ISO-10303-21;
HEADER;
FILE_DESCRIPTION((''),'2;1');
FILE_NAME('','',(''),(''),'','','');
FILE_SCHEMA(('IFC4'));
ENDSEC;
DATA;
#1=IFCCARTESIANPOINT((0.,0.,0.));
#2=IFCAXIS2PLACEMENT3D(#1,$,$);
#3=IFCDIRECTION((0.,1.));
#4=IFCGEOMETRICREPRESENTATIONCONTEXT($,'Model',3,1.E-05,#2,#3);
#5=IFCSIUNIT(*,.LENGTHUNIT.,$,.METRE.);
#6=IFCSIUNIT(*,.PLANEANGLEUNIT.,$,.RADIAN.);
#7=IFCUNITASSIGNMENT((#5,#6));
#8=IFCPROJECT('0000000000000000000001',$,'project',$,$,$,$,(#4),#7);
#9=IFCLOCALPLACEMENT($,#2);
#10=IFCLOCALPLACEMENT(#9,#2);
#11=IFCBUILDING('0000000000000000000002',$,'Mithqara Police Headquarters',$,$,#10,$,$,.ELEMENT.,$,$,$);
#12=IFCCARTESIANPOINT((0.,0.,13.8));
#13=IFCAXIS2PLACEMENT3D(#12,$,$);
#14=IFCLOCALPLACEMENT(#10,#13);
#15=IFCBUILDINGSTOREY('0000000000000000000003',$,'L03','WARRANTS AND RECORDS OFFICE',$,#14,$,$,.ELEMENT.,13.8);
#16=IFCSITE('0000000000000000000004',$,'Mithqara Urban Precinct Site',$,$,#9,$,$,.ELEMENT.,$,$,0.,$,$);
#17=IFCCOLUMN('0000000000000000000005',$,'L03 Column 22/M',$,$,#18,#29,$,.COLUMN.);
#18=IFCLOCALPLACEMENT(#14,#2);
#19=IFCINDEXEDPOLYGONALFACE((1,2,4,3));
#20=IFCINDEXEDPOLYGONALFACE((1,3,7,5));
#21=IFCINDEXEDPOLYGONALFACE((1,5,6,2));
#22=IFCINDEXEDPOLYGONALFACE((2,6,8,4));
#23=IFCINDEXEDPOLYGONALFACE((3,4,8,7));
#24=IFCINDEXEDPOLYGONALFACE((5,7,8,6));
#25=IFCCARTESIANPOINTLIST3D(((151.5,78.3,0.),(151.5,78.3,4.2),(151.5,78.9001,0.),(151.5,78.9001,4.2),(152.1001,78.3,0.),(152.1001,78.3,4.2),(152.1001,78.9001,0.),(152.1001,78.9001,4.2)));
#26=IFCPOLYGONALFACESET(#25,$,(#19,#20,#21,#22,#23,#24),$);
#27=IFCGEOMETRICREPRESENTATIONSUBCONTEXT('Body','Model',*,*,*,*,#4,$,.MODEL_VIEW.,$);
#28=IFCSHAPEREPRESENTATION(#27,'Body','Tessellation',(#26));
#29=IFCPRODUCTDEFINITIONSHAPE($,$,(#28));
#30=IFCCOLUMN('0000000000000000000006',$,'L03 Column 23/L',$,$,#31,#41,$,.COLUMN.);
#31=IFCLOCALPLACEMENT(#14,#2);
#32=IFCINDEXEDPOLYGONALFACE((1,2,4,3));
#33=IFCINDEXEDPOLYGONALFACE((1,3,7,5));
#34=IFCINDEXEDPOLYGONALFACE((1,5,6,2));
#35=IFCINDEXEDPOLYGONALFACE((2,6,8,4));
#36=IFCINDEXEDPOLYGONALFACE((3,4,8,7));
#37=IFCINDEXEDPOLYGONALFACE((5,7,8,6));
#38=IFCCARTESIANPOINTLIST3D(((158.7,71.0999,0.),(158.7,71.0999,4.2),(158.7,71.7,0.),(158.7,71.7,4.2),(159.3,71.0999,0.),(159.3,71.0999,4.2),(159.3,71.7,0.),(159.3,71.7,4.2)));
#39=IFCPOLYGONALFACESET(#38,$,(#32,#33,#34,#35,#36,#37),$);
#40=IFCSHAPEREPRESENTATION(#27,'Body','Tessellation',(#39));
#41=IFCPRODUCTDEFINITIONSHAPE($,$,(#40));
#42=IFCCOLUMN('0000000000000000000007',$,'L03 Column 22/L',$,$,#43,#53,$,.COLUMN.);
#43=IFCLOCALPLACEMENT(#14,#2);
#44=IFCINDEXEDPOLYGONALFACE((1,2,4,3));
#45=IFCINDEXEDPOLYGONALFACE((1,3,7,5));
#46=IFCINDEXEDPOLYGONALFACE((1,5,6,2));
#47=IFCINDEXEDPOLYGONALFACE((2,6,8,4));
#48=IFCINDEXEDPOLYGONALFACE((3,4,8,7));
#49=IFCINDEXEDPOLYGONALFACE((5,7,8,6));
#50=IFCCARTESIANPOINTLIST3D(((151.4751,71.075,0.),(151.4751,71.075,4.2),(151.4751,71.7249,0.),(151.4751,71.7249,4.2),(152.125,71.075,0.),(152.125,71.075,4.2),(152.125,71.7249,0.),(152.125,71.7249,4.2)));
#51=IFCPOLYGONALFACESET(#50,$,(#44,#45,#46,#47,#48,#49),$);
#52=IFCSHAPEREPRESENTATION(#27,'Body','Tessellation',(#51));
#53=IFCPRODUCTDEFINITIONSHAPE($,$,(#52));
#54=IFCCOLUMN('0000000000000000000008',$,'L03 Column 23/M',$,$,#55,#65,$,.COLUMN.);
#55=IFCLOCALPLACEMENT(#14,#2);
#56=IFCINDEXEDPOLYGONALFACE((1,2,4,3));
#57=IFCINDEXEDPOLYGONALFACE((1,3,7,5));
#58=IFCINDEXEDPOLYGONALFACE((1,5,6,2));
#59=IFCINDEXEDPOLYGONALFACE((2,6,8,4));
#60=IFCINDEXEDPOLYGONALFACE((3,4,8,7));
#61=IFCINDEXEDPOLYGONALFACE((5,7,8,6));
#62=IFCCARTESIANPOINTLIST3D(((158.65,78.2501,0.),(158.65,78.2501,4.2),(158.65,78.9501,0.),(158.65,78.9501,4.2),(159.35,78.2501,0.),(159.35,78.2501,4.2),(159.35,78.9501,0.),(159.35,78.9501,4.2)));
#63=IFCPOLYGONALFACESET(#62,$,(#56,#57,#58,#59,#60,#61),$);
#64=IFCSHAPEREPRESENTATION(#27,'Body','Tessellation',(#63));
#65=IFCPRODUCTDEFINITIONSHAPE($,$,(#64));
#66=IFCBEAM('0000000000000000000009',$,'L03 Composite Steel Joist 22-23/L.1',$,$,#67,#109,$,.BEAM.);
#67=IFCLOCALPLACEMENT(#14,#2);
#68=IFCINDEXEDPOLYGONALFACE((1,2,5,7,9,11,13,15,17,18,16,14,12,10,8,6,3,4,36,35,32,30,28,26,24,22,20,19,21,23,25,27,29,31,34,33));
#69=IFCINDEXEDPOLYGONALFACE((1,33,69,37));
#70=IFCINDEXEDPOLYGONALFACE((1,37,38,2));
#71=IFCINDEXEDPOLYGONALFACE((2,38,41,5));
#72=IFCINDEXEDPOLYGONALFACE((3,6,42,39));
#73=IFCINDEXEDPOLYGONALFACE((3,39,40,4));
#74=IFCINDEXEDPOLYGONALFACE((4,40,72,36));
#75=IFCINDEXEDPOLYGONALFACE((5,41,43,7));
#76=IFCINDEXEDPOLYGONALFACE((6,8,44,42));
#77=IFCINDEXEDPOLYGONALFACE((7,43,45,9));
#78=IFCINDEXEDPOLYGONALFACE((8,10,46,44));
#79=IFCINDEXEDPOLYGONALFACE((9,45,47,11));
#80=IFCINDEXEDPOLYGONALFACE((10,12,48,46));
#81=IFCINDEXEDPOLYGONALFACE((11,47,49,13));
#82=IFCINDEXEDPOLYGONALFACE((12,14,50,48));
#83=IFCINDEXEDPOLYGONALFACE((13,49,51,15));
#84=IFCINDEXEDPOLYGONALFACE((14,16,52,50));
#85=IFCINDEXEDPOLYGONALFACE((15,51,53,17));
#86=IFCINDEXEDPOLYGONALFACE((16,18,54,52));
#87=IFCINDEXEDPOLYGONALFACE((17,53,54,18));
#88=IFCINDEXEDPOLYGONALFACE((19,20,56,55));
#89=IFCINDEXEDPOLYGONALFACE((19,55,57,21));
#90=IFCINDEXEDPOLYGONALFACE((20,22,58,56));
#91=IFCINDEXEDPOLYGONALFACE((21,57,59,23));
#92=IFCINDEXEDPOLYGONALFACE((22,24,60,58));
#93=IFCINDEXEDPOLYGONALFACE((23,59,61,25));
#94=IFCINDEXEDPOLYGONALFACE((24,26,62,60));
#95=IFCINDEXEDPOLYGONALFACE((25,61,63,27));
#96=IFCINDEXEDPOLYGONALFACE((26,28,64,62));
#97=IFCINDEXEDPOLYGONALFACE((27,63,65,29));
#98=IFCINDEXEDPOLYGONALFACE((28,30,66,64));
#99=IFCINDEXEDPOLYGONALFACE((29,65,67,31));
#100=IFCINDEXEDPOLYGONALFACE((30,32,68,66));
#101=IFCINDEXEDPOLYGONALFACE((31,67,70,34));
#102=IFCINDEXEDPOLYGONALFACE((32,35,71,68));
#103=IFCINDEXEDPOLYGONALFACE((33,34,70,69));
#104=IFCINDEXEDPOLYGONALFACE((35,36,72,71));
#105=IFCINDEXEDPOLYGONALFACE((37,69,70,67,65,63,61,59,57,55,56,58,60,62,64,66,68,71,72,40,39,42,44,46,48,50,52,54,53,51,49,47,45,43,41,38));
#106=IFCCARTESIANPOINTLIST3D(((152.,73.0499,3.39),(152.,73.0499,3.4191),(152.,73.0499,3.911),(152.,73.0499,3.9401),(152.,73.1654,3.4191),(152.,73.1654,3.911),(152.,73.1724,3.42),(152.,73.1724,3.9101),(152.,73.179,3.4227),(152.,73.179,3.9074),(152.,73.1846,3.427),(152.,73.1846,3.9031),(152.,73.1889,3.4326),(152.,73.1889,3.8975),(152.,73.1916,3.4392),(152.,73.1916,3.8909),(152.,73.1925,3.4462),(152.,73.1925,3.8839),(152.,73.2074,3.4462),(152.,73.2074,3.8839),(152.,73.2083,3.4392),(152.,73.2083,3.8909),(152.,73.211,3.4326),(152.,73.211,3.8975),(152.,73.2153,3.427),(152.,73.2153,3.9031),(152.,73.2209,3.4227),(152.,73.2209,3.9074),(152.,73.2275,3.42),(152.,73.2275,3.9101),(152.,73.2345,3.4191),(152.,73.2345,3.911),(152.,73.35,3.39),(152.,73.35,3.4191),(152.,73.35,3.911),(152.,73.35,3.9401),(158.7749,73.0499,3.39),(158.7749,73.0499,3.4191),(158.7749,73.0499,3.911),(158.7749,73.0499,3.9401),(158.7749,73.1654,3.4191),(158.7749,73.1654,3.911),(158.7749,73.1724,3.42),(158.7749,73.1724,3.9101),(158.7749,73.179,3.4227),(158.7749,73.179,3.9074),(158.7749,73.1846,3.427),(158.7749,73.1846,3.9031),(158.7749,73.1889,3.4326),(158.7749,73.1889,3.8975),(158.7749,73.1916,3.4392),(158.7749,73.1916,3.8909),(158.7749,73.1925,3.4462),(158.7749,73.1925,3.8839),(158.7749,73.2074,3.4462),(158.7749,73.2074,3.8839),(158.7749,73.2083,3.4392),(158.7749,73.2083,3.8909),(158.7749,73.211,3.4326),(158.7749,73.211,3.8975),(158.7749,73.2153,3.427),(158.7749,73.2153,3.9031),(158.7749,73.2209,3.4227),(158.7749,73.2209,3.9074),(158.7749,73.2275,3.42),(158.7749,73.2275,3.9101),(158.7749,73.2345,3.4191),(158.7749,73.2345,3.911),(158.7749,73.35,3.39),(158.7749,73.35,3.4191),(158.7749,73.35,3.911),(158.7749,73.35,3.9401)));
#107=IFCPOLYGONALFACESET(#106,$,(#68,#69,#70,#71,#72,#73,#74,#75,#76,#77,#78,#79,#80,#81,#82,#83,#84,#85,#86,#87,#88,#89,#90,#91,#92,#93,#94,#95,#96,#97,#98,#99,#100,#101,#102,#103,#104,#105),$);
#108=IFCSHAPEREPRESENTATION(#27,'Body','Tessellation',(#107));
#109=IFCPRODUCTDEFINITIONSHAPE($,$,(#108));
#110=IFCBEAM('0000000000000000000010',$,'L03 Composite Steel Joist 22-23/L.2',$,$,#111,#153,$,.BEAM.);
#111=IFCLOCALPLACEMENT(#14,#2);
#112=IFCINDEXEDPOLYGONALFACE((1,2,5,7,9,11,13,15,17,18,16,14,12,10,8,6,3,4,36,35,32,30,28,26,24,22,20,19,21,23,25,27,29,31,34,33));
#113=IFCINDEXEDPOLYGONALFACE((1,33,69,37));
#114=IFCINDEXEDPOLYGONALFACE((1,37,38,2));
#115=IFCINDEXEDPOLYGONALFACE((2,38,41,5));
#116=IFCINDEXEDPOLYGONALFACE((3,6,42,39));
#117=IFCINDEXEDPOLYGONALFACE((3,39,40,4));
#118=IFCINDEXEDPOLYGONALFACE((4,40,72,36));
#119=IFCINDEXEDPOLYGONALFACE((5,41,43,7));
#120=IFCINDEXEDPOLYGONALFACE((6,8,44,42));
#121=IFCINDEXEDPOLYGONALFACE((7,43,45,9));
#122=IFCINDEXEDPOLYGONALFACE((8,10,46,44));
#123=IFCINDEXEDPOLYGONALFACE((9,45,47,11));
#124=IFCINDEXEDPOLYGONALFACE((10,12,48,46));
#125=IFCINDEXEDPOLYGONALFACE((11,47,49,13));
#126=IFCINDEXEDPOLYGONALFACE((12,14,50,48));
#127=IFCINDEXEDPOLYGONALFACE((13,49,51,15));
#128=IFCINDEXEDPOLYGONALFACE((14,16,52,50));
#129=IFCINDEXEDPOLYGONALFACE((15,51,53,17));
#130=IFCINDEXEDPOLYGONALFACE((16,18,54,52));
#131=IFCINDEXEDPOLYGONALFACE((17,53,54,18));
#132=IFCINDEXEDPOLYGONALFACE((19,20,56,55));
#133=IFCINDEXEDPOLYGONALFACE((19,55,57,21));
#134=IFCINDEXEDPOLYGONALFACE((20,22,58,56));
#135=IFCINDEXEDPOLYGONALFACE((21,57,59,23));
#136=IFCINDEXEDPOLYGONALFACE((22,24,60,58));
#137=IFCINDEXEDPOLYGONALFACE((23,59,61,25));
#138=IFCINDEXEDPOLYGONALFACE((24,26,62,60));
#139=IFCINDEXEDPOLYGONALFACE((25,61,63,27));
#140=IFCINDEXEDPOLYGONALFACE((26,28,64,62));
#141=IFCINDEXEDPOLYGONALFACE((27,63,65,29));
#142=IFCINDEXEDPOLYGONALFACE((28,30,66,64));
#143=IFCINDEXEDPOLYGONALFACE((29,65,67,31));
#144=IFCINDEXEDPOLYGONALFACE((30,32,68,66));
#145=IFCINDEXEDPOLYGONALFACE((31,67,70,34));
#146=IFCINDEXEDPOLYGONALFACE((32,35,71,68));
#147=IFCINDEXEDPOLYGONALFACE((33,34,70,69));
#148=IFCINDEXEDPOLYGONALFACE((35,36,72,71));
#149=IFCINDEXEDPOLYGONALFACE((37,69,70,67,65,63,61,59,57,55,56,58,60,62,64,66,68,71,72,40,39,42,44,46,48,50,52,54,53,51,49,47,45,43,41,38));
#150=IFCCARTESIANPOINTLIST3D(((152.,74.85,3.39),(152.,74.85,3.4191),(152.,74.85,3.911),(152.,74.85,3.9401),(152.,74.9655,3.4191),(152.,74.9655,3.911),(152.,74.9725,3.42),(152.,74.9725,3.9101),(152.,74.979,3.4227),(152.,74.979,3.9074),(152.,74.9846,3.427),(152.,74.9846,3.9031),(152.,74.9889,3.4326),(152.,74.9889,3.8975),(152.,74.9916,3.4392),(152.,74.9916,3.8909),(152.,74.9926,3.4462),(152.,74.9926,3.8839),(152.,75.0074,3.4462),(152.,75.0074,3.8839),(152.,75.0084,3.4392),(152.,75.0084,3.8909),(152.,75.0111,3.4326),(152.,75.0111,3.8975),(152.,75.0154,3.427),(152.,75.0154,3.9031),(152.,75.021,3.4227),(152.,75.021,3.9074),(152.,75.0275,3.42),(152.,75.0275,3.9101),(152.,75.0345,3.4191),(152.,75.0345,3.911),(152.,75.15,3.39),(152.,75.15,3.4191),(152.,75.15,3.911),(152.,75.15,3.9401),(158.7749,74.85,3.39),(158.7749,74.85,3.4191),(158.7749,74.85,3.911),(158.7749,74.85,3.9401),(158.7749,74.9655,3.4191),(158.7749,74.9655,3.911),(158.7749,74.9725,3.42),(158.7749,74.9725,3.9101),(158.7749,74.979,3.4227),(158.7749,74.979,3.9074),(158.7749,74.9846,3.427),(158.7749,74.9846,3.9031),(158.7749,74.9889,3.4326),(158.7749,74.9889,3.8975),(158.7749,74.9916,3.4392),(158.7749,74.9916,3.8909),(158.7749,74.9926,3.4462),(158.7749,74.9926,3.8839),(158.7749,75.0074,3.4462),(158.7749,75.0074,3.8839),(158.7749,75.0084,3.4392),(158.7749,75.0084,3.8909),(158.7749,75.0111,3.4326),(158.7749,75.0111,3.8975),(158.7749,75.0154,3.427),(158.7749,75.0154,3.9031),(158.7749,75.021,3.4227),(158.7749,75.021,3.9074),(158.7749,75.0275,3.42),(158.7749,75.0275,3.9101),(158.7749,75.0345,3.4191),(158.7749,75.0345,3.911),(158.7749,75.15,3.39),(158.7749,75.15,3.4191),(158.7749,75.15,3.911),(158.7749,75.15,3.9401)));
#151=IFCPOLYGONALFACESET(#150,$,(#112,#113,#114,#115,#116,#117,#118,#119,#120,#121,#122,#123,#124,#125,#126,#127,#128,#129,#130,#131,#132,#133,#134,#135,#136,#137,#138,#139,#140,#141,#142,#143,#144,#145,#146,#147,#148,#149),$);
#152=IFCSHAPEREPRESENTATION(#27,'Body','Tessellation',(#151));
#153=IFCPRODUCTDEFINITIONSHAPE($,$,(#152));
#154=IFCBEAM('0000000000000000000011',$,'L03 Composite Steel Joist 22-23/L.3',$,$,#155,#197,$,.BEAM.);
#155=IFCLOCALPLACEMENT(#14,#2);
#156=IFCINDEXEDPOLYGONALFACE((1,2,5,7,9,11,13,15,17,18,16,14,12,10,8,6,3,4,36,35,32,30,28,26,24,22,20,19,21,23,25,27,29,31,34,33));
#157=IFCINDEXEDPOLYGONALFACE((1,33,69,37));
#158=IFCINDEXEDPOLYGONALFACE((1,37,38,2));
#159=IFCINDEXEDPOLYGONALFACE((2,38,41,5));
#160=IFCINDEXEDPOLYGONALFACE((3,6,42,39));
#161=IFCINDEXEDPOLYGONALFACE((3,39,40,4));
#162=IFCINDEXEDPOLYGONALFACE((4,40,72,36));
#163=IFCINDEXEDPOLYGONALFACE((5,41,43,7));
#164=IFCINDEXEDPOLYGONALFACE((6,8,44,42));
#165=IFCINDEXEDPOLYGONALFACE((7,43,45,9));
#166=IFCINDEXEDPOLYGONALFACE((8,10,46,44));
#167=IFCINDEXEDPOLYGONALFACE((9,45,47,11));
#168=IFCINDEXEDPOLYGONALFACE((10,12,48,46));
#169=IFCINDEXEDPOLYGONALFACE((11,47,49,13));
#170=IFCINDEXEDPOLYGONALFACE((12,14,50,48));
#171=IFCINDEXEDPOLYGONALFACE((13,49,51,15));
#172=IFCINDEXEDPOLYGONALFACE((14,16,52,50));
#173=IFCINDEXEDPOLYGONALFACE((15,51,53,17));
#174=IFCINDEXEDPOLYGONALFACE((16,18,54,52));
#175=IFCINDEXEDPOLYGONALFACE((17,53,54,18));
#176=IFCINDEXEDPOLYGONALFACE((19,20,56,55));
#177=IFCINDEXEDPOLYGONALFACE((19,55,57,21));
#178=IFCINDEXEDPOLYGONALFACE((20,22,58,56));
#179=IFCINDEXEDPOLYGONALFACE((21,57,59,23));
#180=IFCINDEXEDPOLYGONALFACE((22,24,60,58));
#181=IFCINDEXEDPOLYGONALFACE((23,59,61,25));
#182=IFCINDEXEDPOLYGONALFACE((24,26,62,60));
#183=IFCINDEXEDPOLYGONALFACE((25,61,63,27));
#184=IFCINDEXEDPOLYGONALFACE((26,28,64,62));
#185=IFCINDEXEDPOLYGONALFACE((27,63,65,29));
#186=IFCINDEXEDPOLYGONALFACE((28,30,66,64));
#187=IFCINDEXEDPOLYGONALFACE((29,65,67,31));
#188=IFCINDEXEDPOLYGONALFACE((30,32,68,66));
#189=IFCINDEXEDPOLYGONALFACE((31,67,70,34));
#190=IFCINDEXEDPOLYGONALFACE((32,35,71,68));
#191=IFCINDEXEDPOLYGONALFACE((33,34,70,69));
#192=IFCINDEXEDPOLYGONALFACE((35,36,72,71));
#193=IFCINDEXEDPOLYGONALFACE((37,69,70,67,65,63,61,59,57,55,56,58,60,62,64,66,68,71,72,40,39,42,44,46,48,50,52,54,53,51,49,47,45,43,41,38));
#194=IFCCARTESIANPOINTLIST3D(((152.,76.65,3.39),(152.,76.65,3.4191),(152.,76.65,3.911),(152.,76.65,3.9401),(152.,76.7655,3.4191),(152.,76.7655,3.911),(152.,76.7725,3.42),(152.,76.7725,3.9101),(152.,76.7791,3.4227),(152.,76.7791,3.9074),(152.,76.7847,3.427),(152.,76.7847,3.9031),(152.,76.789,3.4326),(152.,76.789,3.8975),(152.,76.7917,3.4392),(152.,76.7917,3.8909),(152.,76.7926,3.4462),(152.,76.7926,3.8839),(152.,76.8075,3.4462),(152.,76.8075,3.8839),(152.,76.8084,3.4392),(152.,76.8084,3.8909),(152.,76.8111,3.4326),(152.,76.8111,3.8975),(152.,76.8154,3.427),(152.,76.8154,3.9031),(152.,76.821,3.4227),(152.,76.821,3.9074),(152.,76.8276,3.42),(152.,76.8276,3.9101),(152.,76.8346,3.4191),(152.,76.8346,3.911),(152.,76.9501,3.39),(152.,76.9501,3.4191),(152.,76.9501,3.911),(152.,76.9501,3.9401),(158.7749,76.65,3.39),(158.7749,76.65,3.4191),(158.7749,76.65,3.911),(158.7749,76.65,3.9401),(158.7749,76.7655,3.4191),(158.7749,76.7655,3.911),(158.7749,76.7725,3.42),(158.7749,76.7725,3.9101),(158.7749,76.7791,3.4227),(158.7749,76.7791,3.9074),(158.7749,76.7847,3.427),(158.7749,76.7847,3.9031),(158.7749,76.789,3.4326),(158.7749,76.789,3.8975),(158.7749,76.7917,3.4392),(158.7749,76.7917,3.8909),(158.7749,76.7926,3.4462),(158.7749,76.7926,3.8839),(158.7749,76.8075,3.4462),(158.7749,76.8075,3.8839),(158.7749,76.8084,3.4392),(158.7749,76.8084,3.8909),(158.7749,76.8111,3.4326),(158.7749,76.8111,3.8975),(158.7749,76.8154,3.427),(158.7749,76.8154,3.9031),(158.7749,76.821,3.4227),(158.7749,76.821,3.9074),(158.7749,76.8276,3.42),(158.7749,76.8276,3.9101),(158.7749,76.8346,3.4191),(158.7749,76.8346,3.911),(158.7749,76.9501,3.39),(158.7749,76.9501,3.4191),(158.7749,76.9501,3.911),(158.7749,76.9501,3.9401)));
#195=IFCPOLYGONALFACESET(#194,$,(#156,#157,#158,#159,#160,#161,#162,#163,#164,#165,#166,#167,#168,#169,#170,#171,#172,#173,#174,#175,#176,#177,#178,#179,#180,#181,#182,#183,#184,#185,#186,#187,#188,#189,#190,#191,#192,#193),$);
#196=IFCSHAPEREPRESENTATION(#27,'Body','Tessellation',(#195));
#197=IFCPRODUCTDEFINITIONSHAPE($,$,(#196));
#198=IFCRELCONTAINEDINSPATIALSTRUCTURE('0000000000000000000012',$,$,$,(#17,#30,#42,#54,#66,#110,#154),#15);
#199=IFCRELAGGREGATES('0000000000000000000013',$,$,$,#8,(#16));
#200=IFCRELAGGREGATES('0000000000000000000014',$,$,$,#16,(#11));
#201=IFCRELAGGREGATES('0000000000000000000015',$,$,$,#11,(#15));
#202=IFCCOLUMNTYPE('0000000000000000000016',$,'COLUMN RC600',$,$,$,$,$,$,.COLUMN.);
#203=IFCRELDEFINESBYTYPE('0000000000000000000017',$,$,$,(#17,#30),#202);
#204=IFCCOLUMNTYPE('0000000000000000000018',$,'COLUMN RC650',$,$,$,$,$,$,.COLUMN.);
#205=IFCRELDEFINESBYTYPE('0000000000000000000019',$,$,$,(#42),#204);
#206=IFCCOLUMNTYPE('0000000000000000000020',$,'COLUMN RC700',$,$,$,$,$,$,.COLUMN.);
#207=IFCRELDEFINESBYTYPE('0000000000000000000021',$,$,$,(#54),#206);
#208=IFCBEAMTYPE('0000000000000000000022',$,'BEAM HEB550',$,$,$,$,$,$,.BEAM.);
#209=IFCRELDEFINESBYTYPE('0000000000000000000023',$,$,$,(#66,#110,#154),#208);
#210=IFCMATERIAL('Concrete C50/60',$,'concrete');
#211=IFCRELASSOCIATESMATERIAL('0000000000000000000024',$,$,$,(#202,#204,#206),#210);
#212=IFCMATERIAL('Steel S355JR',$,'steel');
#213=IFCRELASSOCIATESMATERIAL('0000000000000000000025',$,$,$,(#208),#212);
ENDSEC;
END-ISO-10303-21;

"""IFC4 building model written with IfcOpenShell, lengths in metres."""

from ifc_helpers import new_model, si_unit, direction, frame, origin, origin_2d, place, context, subcontext, project, spatial, rectangle, i_section, extrude, material, material_profile, profile_set, type_object, element, save


model = new_model("IFC4")

# Units and contexts
model_context = context("Model", 3, precision=1e-05, world=origin(), true_north=direction((0.0, 1.0)))
body_context = subcontext(model_context, "Body", "Model", "MODEL_VIEW")
ifc_project = project(units=[si_unit("LENGTHUNIT", "METRE"), si_unit("PLANEANGLEUNIT", "RADIAN")], contexts=[model_context])

# Site, building, storey
site_placement = place(None, origin())
site = spatial("IfcSite", under=ifc_project, at=site_placement, Name="Mithqara Urban Precinct Site", CompositionType="ELEMENT", RefElevation=0.0)
building_placement = place(site_placement, origin())
building = spatial("IfcBuilding", under=site, at=building_placement, Name="Mithqara Police Headquarters", CompositionType="ELEMENT")
storey_placement = place(building_placement, frame((0.0, 0.0, 13.8)))
storey = spatial("IfcBuildingStorey", under=building, at=storey_placement, Name="L03", Description="WARRANTS AND RECORDS OFFICE", CompositionType="ELEMENT", Elevation=13.8)

# Columns
ifc_material_1 = material(Name="Concrete C50/60", Category="concrete")
ifc_material_profile_1 = material_profile(ifc_material_1, rectangle(XDim=0.6001, YDim=0.6001, at=origin_2d()), Name="RC 600x600")
ifc_profile_set_1 = profile_set([ifc_material_profile_1], Name="Concrete C50/60")
column_type_1 = type_object("IfcColumnType", Name="COLUMN RC600", PredefinedType="COLUMN", material=ifc_profile_set_1)
for number, where, z_axis, x_axis, name in (
    (1, (151.8, 78.6001, 0.0), (0.0, 0.0, 1.0), (1.0, 0.0, 0.0), "L03 Column 22/M"),
    (2, (159.0, 71.3999, 0.0), (0.0, 0.0, 1.0), (1.0, 0.0, 0.0), "L03 Column 23/L"),
):
    element("IfcColumn", number, at=place(storey_placement, frame(where, z_axis=z_axis, x_axis=x_axis)), inside=storey, type_object=column_type_1, Name=name, PredefinedType="COLUMN", context=body_context, shape_type="SweptSolid", body=[
        extrude(rectangle(XDim=0.6001, YDim=0.6001, at=origin_2d()), origin(), (0.0, 0.0, 1.0), 4.2),
    ])
ifc_material_profile_2 = material_profile(ifc_material_1, rectangle(XDim=0.6499, YDim=0.6499, at=origin_2d()), Name="RC 650x650")
ifc_profile_set_2 = profile_set([ifc_material_profile_2], Name="Concrete C50/60")
column_type_2 = type_object("IfcColumnType", Name="COLUMN RC650", PredefinedType="COLUMN", material=ifc_profile_set_2)
column_1_placement = place(storey_placement, frame((151.8, 71.3999, 0.0), z_axis=(0.0, 0.0, 1.0), x_axis=(1.0, 0.0, 0.0)))
element("IfcColumn", 3, at=column_1_placement, inside=storey, type_object=column_type_2, Name="L03 Column 22/L", PredefinedType="COLUMN", context=body_context, shape_type="SweptSolid", body=[
    extrude(rectangle(XDim=0.6499, YDim=0.6499, at=origin_2d()), origin(), (0.0, 0.0, 1.0), 4.2),
])
ifc_material_profile_3 = material_profile(ifc_material_1, rectangle(XDim=0.7, YDim=0.7, at=origin_2d()), Name="RC 700x700")
ifc_profile_set_3 = profile_set([ifc_material_profile_3], Name="Concrete C50/60")
column_type_3 = type_object("IfcColumnType", Name="COLUMN RC700", PredefinedType="COLUMN", material=ifc_profile_set_3)
column_2_placement = place(storey_placement, frame((159.0, 78.6001, 0.0), z_axis=(0.0, 0.0, 1.0), x_axis=(1.0, 0.0, 0.0)))
element("IfcColumn", 4, at=column_2_placement, inside=storey, type_object=column_type_3, Name="L03 Column 23/M", PredefinedType="COLUMN", context=body_context, shape_type="SweptSolid", body=[
    extrude(rectangle(XDim=0.7, YDim=0.7, at=origin_2d()), origin(), (0.0, 0.0, 1.0), 4.2),
])

# Beams
ifc_material_2 = material(Name="Steel S355JR", Category="steel")
ifc_material_profile_4 = material_profile(ifc_material_2, i_section(OverallWidth=0.3, OverallDepth=0.55, WebThickness=0.0149, FlangeThickness=0.0291, FilletRadius=0.0271, at=origin_2d()), Name="HEB 550")
ifc_profile_set_4 = profile_set([ifc_material_profile_4], Name="Steel S355JR")
beam_type_1 = type_object("IfcBeamType", Name="BEAM HEB550", PredefinedType="BEAM", material=ifc_profile_set_4)
for number, where, z_axis, x_axis, name in (
    (5, (152.0, 73.2, 3.665), (1.0, 0.0, 0.0), (0.0, 1.0, 0.0), "L03 Composite Steel Joist 22-23/L.1"),
    (6, (152.0, 75.0, 3.665), (1.0, 0.0, 0.0), (0.0, 1.0, 0.0), "L03 Composite Steel Joist 22-23/L.2"),
    (7, (152.0, 76.8, 3.665), (1.0, 0.0, 0.0), (0.0, 1.0, 0.0), "L03 Composite Steel Joist 22-23/L.3"),
):
    element("IfcBeam", number, at=place(storey_placement, frame(where, z_axis=z_axis, x_axis=x_axis)), inside=storey, type_object=beam_type_1, Name=name, PredefinedType="BEAM", context=body_context, shape_type="SweptSolid", body=[
        extrude(i_section(OverallWidth=0.3, OverallDepth=0.55, WebThickness=0.0149, FlangeThickness=0.0291, FilletRadius=0.0271, at=origin_2d()), origin(), (0.0, 0.0, 1.0), 6.7749),
    ])

save(model, "model.ifc")
